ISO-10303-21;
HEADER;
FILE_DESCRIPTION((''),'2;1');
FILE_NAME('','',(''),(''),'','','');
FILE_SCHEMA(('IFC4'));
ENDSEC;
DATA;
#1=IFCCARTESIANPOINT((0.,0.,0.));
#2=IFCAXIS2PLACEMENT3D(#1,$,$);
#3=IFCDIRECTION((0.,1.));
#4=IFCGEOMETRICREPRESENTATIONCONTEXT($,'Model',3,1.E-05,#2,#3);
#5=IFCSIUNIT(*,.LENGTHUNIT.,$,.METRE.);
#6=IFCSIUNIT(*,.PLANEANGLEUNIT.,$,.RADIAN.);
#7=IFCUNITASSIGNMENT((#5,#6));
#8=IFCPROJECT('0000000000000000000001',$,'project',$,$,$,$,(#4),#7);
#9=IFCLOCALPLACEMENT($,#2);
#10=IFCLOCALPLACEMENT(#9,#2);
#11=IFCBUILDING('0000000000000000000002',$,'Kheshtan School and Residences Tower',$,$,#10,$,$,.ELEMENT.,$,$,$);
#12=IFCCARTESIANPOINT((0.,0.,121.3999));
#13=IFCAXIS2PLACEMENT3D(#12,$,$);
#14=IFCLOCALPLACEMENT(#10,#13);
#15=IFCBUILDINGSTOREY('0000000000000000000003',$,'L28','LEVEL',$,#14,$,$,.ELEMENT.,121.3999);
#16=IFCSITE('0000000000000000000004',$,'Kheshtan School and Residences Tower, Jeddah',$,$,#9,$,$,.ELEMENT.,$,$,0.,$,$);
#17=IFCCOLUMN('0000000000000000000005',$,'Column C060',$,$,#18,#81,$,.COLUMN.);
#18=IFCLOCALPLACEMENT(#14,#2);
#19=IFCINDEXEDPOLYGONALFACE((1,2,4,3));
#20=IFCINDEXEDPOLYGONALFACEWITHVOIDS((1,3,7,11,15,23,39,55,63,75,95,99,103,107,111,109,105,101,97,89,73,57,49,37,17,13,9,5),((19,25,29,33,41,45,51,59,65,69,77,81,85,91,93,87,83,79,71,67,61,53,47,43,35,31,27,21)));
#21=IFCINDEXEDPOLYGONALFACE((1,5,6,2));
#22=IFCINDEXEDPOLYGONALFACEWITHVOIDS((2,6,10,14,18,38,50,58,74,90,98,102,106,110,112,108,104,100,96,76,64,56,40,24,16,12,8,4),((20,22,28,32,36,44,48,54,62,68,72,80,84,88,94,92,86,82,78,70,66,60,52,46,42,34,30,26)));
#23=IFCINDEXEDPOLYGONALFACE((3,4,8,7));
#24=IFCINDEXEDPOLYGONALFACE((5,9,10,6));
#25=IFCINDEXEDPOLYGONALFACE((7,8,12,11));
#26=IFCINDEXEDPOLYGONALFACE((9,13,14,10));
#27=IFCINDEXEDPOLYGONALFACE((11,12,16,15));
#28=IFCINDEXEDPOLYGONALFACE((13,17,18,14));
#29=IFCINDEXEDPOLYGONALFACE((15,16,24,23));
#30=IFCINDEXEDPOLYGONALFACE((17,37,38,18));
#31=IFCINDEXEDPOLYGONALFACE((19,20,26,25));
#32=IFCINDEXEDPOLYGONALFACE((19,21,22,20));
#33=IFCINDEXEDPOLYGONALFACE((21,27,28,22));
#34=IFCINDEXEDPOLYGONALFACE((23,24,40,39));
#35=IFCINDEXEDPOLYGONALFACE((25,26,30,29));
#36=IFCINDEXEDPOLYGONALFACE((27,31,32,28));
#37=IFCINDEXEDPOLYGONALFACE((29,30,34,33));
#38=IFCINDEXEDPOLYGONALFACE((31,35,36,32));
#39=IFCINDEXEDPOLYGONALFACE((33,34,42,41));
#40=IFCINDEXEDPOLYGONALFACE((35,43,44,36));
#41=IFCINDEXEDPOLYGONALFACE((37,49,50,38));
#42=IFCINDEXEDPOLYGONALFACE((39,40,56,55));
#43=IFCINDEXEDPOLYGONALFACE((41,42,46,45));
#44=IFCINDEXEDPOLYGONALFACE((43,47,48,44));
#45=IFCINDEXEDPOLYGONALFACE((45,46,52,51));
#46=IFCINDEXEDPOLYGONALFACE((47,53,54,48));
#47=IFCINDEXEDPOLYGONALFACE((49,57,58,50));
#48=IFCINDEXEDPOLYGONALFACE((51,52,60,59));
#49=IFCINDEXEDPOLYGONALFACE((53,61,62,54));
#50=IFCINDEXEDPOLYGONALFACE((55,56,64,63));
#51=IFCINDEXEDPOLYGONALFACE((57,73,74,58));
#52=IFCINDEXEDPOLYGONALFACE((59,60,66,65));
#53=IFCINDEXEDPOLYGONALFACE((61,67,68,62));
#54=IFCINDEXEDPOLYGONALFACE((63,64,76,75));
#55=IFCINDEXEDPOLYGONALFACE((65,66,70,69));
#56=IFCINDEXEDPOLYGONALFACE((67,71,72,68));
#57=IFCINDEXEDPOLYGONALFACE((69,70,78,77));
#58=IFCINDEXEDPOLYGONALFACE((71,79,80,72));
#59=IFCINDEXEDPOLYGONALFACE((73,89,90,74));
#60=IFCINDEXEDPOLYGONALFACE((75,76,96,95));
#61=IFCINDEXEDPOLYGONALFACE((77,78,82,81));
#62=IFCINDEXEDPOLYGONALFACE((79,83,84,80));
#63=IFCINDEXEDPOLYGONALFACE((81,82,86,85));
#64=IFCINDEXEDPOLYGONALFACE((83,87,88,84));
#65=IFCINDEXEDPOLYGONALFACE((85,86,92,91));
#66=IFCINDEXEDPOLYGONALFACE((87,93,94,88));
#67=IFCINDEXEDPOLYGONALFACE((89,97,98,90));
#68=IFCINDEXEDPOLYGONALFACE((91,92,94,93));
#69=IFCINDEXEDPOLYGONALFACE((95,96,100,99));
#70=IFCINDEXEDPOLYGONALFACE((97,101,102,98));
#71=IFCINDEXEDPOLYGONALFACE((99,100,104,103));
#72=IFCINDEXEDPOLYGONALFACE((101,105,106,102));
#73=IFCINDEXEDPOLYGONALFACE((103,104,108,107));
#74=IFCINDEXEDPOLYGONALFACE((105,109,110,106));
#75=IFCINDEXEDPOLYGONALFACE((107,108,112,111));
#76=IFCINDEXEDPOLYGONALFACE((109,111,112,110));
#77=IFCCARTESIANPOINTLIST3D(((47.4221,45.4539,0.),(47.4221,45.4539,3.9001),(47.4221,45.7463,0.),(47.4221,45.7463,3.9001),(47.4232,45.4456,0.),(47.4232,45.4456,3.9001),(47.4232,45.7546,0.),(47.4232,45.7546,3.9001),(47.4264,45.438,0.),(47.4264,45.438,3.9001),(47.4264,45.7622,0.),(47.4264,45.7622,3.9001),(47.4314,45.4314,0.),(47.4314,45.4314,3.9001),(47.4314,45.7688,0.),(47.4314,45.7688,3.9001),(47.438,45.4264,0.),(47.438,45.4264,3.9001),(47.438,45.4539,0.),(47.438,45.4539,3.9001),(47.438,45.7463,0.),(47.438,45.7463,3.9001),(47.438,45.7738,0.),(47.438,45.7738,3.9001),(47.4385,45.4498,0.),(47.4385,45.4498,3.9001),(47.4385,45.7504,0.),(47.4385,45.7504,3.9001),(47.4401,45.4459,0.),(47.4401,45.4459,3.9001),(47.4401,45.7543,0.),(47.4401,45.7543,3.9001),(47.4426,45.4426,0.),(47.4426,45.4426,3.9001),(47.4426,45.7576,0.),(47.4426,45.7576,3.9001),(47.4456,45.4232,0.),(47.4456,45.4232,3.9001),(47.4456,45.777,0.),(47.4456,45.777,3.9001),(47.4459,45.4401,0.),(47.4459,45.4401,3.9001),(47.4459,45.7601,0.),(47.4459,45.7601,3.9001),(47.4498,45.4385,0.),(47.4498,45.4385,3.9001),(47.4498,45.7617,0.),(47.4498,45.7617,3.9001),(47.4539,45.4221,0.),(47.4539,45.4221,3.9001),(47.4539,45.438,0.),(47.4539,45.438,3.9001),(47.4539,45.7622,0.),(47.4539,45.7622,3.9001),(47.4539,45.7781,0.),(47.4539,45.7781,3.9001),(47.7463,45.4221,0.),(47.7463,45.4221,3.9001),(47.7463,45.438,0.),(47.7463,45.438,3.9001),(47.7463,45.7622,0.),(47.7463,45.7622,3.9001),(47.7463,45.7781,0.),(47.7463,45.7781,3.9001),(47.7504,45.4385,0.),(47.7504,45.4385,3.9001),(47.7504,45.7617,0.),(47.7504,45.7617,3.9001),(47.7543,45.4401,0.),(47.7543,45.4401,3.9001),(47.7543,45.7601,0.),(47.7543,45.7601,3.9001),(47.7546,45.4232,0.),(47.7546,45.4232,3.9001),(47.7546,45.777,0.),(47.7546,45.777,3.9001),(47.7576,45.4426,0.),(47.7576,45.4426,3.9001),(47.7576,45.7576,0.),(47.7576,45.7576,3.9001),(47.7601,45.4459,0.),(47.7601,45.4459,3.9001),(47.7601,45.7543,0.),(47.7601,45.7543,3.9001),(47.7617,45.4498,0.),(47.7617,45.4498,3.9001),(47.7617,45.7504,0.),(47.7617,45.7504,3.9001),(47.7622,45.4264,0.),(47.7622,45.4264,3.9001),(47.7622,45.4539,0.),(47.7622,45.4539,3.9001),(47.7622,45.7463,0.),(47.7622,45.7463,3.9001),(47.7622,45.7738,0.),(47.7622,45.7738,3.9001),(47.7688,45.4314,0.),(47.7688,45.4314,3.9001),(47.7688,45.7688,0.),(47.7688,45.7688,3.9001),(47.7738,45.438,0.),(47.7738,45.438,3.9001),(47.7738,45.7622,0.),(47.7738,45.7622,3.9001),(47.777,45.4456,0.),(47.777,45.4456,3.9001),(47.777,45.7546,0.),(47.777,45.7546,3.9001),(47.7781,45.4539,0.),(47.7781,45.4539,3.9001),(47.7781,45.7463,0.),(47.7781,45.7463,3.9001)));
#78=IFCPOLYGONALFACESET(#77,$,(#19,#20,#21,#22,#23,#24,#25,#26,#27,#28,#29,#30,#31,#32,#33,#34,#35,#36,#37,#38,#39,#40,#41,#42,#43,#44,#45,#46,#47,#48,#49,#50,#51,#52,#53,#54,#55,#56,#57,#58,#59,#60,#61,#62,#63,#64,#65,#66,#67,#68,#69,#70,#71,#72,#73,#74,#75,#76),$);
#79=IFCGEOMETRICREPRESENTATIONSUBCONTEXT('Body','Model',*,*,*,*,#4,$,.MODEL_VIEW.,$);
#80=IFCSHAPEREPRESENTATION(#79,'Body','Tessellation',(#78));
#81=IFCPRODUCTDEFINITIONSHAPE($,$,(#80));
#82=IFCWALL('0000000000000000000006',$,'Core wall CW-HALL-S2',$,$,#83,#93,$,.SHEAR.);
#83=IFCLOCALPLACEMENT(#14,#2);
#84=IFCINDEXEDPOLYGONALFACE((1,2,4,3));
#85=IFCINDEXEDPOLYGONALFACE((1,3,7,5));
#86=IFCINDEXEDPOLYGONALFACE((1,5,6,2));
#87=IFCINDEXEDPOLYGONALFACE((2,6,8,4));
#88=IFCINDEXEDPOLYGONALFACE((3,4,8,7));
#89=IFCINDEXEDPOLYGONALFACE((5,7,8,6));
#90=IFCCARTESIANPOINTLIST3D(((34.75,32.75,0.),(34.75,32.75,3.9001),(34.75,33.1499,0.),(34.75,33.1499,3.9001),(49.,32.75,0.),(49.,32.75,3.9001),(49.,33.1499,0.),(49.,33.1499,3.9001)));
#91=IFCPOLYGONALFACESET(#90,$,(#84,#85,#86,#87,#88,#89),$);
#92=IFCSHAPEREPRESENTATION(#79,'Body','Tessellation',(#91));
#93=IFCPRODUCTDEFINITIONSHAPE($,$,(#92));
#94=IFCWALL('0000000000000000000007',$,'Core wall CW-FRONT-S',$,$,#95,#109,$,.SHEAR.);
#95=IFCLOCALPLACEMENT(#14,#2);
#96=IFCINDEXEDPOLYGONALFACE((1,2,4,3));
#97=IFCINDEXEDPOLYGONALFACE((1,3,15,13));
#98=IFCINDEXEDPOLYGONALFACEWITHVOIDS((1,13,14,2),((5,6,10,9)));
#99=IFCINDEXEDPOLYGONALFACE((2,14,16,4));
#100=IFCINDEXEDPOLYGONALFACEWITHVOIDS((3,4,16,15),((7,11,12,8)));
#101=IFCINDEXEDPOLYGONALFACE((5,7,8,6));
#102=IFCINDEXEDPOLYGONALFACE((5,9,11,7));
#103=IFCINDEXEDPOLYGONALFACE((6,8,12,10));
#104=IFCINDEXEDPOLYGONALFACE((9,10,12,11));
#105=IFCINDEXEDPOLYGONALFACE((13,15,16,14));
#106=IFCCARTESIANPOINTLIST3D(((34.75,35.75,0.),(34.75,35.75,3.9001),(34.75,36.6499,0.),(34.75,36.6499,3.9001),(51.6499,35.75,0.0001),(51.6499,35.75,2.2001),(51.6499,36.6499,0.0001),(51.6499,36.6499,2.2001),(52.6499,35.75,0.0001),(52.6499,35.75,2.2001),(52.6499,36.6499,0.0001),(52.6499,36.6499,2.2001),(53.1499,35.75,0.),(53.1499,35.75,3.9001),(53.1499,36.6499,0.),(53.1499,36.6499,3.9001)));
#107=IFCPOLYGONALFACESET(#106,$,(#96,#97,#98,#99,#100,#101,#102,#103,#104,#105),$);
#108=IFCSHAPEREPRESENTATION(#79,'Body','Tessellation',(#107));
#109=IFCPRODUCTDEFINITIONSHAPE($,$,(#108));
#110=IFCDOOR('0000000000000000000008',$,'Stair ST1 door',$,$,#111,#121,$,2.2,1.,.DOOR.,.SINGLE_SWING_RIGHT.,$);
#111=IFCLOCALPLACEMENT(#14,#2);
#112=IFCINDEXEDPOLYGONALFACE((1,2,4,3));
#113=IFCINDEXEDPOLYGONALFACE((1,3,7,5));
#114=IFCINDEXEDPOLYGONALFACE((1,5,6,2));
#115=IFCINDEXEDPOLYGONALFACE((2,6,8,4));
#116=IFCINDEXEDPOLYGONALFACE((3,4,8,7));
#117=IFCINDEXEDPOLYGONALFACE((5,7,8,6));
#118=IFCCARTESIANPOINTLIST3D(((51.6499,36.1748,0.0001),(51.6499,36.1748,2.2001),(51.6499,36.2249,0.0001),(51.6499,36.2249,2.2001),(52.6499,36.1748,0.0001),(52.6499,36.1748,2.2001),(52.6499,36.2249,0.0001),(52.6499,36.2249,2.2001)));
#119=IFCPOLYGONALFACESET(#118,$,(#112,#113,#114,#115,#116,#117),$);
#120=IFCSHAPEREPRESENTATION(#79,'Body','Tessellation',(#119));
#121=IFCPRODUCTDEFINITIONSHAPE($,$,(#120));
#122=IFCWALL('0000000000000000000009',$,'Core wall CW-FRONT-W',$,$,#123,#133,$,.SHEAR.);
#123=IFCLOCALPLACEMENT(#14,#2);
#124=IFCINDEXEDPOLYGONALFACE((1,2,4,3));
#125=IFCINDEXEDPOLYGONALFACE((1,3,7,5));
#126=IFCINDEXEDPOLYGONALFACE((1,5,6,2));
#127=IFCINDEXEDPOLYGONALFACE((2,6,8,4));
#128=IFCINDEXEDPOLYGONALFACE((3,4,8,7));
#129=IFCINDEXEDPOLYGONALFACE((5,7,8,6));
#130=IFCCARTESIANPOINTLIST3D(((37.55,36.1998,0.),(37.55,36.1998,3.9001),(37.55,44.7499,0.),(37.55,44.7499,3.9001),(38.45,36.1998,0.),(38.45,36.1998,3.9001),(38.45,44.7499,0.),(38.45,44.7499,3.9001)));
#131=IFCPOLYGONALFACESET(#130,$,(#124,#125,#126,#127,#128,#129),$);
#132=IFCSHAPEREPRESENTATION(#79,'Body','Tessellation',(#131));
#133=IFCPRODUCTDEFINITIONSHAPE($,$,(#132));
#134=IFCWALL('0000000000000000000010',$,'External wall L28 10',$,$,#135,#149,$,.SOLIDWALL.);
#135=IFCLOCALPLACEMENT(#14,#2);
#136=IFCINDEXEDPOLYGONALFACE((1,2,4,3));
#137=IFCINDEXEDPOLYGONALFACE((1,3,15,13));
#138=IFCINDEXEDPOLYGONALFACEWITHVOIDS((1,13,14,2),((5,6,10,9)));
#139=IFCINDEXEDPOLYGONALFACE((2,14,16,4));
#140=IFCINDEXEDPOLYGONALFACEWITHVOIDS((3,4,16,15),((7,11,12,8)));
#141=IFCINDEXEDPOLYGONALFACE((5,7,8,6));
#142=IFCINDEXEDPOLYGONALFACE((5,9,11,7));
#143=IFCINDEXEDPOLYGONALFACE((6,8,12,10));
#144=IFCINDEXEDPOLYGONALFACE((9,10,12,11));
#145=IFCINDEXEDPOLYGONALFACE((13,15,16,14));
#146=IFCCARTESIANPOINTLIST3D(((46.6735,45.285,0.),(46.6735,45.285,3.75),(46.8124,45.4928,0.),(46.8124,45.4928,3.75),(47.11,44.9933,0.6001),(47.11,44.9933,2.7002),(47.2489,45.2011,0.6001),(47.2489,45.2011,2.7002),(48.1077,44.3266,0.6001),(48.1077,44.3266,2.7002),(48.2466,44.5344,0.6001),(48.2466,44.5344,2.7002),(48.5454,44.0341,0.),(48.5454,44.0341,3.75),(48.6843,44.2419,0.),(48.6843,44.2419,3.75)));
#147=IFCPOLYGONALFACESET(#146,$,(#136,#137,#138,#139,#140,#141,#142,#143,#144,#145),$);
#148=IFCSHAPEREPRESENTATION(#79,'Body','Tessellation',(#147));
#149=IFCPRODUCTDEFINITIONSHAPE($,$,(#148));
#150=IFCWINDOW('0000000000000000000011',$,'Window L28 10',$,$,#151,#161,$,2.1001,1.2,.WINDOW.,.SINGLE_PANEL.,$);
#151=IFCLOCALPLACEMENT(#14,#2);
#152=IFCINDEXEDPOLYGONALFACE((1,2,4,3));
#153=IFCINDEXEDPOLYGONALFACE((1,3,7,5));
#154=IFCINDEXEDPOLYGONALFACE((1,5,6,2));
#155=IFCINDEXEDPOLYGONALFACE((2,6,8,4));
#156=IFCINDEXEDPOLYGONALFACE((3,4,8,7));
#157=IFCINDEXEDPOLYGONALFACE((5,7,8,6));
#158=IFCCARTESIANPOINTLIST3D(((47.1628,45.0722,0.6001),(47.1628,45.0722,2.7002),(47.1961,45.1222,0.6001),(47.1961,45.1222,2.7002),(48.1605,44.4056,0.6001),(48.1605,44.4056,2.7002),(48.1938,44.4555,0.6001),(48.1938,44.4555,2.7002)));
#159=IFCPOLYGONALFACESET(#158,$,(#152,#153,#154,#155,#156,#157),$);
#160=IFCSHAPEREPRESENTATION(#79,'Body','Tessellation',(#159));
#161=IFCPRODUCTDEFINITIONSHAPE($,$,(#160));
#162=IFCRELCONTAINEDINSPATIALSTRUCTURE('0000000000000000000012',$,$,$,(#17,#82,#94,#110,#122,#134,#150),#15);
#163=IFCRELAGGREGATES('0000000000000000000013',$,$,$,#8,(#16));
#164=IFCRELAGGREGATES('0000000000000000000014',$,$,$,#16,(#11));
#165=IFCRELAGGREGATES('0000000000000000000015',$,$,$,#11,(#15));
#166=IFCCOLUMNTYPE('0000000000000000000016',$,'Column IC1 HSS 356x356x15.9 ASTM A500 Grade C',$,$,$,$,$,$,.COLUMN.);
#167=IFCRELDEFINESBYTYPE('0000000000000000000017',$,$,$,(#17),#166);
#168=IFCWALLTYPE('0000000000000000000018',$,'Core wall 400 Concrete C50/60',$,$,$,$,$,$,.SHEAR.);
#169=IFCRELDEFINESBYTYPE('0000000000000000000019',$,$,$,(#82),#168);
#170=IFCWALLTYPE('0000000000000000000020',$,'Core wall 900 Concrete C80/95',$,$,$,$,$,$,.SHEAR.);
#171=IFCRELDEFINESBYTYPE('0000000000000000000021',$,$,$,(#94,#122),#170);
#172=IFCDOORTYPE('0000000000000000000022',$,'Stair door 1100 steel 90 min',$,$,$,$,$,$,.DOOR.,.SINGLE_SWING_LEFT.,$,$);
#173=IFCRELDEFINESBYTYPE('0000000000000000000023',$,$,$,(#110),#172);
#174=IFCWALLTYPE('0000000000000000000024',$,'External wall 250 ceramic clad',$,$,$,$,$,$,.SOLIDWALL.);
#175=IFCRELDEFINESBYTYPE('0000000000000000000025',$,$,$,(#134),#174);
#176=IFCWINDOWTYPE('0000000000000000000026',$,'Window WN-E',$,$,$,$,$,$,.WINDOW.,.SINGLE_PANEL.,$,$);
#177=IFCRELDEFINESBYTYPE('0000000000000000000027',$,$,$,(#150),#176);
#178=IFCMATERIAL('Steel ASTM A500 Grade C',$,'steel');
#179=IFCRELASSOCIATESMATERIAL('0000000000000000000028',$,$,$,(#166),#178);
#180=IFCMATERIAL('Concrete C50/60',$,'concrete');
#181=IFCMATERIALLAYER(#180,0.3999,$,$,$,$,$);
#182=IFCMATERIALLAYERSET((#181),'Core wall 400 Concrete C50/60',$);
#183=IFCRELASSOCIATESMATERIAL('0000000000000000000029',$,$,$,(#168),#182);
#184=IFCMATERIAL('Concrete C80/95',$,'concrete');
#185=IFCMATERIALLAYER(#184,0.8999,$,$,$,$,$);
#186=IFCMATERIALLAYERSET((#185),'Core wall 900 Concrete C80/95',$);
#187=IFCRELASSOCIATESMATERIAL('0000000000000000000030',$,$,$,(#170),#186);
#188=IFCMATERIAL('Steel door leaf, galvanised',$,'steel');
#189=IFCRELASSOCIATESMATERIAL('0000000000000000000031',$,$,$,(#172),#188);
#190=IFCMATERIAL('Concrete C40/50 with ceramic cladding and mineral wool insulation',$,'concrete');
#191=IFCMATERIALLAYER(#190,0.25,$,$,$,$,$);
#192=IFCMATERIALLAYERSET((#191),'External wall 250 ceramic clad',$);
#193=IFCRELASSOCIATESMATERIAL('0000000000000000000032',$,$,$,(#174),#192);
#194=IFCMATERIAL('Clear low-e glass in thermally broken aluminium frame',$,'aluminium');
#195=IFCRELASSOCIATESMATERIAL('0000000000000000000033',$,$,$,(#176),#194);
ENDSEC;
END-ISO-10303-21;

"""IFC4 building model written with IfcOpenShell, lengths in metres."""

from ifc_helpers import new_model, si_unit, direction, frame, frame_2d, origin, origin_2d, place, context, subcontext, project, spatial, rectangle, hollow_rectangle, extrude, source, transform, mapped, material, layer, layer_set, material_profile, profile_set, type_object, element, fill, save


model = new_model("IFC4")

# Units and contexts
model_context = context("Model", 3, precision=1e-05, world=origin(), true_north=direction((0.0, 1.0)))
body_context = subcontext(model_context, "Body", "Model", "MODEL_VIEW")
ifc_project = project(units=[si_unit("LENGTHUNIT", "METRE"), si_unit("PLANEANGLEUNIT", "RADIAN")], contexts=[model_context])

# Site, building, storey
site_placement = place(None, origin())
site = spatial("IfcSite", under=ifc_project, at=site_placement, Name="Kheshtan School and Residences Tower, Jeddah", CompositionType="ELEMENT", RefElevation=0.0)
building_placement = place(site_placement, origin())
building = spatial("IfcBuilding", under=site, at=building_placement, Name="Kheshtan School and Residences Tower", CompositionType="ELEMENT")
storey_placement = place(building_placement, frame((0.0, 0.0, 121.3999)))
storey = spatial("IfcBuildingStorey", under=building, at=storey_placement, Name="L28", Description="LEVEL", CompositionType="ELEMENT", Elevation=121.3999)

# Column
ifc_material_1 = material(Name="Steel ASTM A500 Grade C", Category="steel")
ifc_material_profile = material_profile(ifc_material_1, hollow_rectangle(XDim=0.356, YDim=0.356, WallThickness=0.0159, InnerFilletRadius=0.0159, OuterFilletRadius=0.0317, at=origin_2d()), Name="HSS 356x356x15.9")
ifc_profile_set = profile_set([ifc_material_profile], Name="Steel ASTM A500 Grade C")
column_type = type_object("IfcColumnType", Name="Column IC1 HSS 356x356x15.9 ASTM A500 Grade C", PredefinedType="COLUMN", material=ifc_profile_set)
column_placement = place(storey_placement, frame((47.6001, 45.6001, 0.0), z_axis=(0.0, 0.0, 1.0), x_axis=(1.0, 0.0, 0.0)))
element("IfcColumn", 1, at=column_placement, inside=storey, type_object=column_type, Name="Column C060", PredefinedType="COLUMN", context=body_context, shape_type="SweptSolid", body=[
    extrude(hollow_rectangle(XDim=0.356, YDim=0.356, WallThickness=0.0159, InnerFilletRadius=0.0159, OuterFilletRadius=0.0317, at=origin_2d()), origin(), (0.0, 0.0, 1.0), 3.9001),
])

# Wall
ifc_material_2 = material(Name="Concrete C50/60", Category="concrete")
ifc_layer_1 = layer(ifc_material_2, 0.3999)
ifc_layer_set_1 = layer_set([ifc_layer_1], Name="Core wall 400 Concrete C50/60")
wall_type_1 = type_object("IfcWallType", Name="Core wall 400 Concrete C50/60", PredefinedType="SHEAR", material=ifc_layer_set_1)
wall_1_placement = place(storey_placement, frame((34.75, 32.95, 0.0), z_axis=(0.0, 0.0, 1.0), x_axis=(1.0, 0.0, 0.0)))
element("IfcWall", 2, at=wall_1_placement, inside=storey, type_object=wall_type_1, Name="Core wall CW-HALL-S2", PredefinedType="SHEAR", context=body_context, shape_type="SweptSolid", body=[
    extrude(rectangle(XDim=14.25, YDim=0.3999, at=frame_2d((7.125, 0.0))), origin(), (0.0, 0.0, 1.0), 3.9001),
])

# Wall, opening, door
ifc_material_3 = material(Name="Concrete C80/95", Category="concrete")
ifc_layer_2 = layer(ifc_material_3, 0.8999)
ifc_layer_set_2 = layer_set([ifc_layer_2], Name="Core wall 900 Concrete C80/95")
wall_type_2 = type_object("IfcWallType", Name="Core wall 900 Concrete C80/95", PredefinedType="SHEAR", material=ifc_layer_set_2)
wall_2_placement = place(storey_placement, frame((34.75, 36.2, 0.0), z_axis=(0.0, 0.0, 1.0), x_axis=(1.0, 0.0, 0.0)))
wall_2 = element("IfcWall", 3, at=wall_2_placement, inside=storey, type_object=wall_type_2, Name="Core wall CW-FRONT-S", PredefinedType="SHEAR", context=body_context, shape_type="SweptSolid", body=[
    extrude(rectangle(XDim=18.3999, YDim=0.8999, at=frame_2d((9.2, 0.0))), origin(), (0.0, 0.0, 1.0), 3.9001),
])
opening_1_placement = place(wall_2_placement, frame((16.8999, 0.0, 0.0)))
opening_1 = element("IfcOpeningElement", 4, at=opening_1_placement, cuts=wall_2, PredefinedType="OPENING", context=body_context, shape_type="SweptSolid", body=[
    extrude(rectangle(XDim=1.0, YDim=2.2, at=frame_2d((0.5, 1.1001))), frame((0.0, 0.46, 0.0), z_axis=(0.0, -1.0, 0.0), x_axis=(1.0, 0.0, 0.0)), (0.0, 0.0, 1.0), 0.9199),
])
ifc_material_4 = material(Name="Steel door leaf, galvanised", Category="steel")
door_type_1 = type_object("IfcDoorType", Name="Stair door 1100 steel 90 min", OperationType="SINGLE_SWING_LEFT", PredefinedType="DOOR", material=ifc_material_4)
shared_shape_1 = source(origin(), body_context, "Body", "SweptSolid", [
    extrude(rectangle(XDim=1.0, YDim=2.2, at=frame_2d((0.5, 1.1001))), frame((0.0, 0.0249, 0.0), z_axis=(0.0, -1.0, 0.0), x_axis=(1.0, 0.0, 0.0)), (0.0, 0.0, 1.0), 0.05),
])
door_1_placement = place(opening_1_placement, origin())
door_1 = element("IfcDoor", 5, at=door_1_placement, inside=storey, type_object=door_type_1, Name="Stair ST1 door", OperationType="SINGLE_SWING_RIGHT", OverallHeight=2.2, OverallWidth=1.0, PredefinedType="DOOR", context=body_context, shape_type="MappedRepresentation", body=[
    mapped(shared_shape_1, transform((0.0, 0.0, 0.0), x_axis=(1.0, 0.0, 0.0), y_axis=(0.0, 1.0, 0.0), z_axis=(0.0, 0.0, 1.0), scale=1.0)),
])
fill(opening_1, door_1)

# Wall
wall_3_placement = place(storey_placement, frame((38.0, 36.2, 0.0), z_axis=(0.0, 0.0, 1.0), x_axis=(0.0, 1.0, 0.0)))
element("IfcWall", 6, at=wall_3_placement, inside=storey, type_object=wall_type_2, Name="Core wall CW-FRONT-W", PredefinedType="SHEAR", context=body_context, shape_type="SweptSolid", body=[
    extrude(rectangle(XDim=8.55, YDim=0.8999, at=frame_2d((4.2749, 0.0))), origin(), (0.0, 0.0, 1.0), 3.9001),
])

# Wall, opening, window
ifc_material_5 = material(Name="Concrete C40/50 with ceramic cladding and mineral wool insulation", Category="concrete")
ifc_layer_3 = layer(ifc_material_5, 0.25)
ifc_layer_set_3 = layer_set([ifc_layer_3], Name="External wall 250 ceramic clad")
wall_type_3 = type_object("IfcWallType", Name="External wall 250 ceramic clad", PredefinedType="SOLIDWALL", material=ifc_layer_set_3)
wall_4_placement = place(storey_placement, frame((46.7429, 45.3889, 0.0), z_axis=(0.0, 0.0, 1.0), x_axis=(0.831449, -0.555601, 0.0)))
wall_4 = element("IfcWall", 7, at=wall_4_placement, inside=storey, type_object=wall_type_3, Name="External wall L28 10", PredefinedType="SOLIDWALL", context=body_context, shape_type="SweptSolid", body=[
    extrude(rectangle(XDim=2.2515, YDim=0.25, at=frame_2d((1.1257, 0.0))), origin(), (0.0, 0.0, 1.0), 3.75),
])
opening_2_placement = place(wall_4_placement, frame((0.5249, 0.0, 0.6001)))
opening_2 = element("IfcOpeningElement", 8, at=opening_2_placement, cuts=wall_4, PredefinedType="OPENING", context=body_context, shape_type="SweptSolid", body=[
    extrude(rectangle(XDim=1.2, YDim=2.1001, at=frame_2d((0.6001, 1.05))), frame((0.0, 0.135, 0.0), z_axis=(0.0, -1.0, 0.0), x_axis=(1.0, 0.0, 0.0)), (0.0, 0.0, 1.0), 0.27),
])
ifc_material_6 = material(Name="Clear low-e glass in thermally broken aluminium frame", Category="aluminium")
window_type = type_object("IfcWindowType", Name="Window WN-E", PartitioningType="SINGLE_PANEL", PredefinedType="WINDOW", material=ifc_material_6)
shared_shape_2 = source(origin(), body_context, "Body", "SweptSolid", [
    extrude(rectangle(XDim=1.2, YDim=2.1001, at=frame_2d((0.6001, 1.05))), frame((0.0, 0.03, 0.0), z_axis=(0.0, -1.0, 0.0), x_axis=(1.0, 0.0, 0.0)), (0.0, 0.0, 1.0), 0.0601),
])
window_placement = place(opening_2_placement, origin())
window = element("IfcWindow", 9, at=window_placement, inside=storey, type_object=window_type, Name="Window L28 10", OverallHeight=2.1001, OverallWidth=1.2, PartitioningType="SINGLE_PANEL", PredefinedType="WINDOW", context=body_context, shape_type="MappedRepresentation", body=[
    mapped(shared_shape_2, transform((0.0, 0.0, 0.0), x_axis=(1.0, 0.0, 0.0), y_axis=(0.0, 1.0, 0.0), z_axis=(0.0, 0.0, 1.0), scale=1.0)),
])
fill(opening_2, window)

save(model, "model.ifc")
